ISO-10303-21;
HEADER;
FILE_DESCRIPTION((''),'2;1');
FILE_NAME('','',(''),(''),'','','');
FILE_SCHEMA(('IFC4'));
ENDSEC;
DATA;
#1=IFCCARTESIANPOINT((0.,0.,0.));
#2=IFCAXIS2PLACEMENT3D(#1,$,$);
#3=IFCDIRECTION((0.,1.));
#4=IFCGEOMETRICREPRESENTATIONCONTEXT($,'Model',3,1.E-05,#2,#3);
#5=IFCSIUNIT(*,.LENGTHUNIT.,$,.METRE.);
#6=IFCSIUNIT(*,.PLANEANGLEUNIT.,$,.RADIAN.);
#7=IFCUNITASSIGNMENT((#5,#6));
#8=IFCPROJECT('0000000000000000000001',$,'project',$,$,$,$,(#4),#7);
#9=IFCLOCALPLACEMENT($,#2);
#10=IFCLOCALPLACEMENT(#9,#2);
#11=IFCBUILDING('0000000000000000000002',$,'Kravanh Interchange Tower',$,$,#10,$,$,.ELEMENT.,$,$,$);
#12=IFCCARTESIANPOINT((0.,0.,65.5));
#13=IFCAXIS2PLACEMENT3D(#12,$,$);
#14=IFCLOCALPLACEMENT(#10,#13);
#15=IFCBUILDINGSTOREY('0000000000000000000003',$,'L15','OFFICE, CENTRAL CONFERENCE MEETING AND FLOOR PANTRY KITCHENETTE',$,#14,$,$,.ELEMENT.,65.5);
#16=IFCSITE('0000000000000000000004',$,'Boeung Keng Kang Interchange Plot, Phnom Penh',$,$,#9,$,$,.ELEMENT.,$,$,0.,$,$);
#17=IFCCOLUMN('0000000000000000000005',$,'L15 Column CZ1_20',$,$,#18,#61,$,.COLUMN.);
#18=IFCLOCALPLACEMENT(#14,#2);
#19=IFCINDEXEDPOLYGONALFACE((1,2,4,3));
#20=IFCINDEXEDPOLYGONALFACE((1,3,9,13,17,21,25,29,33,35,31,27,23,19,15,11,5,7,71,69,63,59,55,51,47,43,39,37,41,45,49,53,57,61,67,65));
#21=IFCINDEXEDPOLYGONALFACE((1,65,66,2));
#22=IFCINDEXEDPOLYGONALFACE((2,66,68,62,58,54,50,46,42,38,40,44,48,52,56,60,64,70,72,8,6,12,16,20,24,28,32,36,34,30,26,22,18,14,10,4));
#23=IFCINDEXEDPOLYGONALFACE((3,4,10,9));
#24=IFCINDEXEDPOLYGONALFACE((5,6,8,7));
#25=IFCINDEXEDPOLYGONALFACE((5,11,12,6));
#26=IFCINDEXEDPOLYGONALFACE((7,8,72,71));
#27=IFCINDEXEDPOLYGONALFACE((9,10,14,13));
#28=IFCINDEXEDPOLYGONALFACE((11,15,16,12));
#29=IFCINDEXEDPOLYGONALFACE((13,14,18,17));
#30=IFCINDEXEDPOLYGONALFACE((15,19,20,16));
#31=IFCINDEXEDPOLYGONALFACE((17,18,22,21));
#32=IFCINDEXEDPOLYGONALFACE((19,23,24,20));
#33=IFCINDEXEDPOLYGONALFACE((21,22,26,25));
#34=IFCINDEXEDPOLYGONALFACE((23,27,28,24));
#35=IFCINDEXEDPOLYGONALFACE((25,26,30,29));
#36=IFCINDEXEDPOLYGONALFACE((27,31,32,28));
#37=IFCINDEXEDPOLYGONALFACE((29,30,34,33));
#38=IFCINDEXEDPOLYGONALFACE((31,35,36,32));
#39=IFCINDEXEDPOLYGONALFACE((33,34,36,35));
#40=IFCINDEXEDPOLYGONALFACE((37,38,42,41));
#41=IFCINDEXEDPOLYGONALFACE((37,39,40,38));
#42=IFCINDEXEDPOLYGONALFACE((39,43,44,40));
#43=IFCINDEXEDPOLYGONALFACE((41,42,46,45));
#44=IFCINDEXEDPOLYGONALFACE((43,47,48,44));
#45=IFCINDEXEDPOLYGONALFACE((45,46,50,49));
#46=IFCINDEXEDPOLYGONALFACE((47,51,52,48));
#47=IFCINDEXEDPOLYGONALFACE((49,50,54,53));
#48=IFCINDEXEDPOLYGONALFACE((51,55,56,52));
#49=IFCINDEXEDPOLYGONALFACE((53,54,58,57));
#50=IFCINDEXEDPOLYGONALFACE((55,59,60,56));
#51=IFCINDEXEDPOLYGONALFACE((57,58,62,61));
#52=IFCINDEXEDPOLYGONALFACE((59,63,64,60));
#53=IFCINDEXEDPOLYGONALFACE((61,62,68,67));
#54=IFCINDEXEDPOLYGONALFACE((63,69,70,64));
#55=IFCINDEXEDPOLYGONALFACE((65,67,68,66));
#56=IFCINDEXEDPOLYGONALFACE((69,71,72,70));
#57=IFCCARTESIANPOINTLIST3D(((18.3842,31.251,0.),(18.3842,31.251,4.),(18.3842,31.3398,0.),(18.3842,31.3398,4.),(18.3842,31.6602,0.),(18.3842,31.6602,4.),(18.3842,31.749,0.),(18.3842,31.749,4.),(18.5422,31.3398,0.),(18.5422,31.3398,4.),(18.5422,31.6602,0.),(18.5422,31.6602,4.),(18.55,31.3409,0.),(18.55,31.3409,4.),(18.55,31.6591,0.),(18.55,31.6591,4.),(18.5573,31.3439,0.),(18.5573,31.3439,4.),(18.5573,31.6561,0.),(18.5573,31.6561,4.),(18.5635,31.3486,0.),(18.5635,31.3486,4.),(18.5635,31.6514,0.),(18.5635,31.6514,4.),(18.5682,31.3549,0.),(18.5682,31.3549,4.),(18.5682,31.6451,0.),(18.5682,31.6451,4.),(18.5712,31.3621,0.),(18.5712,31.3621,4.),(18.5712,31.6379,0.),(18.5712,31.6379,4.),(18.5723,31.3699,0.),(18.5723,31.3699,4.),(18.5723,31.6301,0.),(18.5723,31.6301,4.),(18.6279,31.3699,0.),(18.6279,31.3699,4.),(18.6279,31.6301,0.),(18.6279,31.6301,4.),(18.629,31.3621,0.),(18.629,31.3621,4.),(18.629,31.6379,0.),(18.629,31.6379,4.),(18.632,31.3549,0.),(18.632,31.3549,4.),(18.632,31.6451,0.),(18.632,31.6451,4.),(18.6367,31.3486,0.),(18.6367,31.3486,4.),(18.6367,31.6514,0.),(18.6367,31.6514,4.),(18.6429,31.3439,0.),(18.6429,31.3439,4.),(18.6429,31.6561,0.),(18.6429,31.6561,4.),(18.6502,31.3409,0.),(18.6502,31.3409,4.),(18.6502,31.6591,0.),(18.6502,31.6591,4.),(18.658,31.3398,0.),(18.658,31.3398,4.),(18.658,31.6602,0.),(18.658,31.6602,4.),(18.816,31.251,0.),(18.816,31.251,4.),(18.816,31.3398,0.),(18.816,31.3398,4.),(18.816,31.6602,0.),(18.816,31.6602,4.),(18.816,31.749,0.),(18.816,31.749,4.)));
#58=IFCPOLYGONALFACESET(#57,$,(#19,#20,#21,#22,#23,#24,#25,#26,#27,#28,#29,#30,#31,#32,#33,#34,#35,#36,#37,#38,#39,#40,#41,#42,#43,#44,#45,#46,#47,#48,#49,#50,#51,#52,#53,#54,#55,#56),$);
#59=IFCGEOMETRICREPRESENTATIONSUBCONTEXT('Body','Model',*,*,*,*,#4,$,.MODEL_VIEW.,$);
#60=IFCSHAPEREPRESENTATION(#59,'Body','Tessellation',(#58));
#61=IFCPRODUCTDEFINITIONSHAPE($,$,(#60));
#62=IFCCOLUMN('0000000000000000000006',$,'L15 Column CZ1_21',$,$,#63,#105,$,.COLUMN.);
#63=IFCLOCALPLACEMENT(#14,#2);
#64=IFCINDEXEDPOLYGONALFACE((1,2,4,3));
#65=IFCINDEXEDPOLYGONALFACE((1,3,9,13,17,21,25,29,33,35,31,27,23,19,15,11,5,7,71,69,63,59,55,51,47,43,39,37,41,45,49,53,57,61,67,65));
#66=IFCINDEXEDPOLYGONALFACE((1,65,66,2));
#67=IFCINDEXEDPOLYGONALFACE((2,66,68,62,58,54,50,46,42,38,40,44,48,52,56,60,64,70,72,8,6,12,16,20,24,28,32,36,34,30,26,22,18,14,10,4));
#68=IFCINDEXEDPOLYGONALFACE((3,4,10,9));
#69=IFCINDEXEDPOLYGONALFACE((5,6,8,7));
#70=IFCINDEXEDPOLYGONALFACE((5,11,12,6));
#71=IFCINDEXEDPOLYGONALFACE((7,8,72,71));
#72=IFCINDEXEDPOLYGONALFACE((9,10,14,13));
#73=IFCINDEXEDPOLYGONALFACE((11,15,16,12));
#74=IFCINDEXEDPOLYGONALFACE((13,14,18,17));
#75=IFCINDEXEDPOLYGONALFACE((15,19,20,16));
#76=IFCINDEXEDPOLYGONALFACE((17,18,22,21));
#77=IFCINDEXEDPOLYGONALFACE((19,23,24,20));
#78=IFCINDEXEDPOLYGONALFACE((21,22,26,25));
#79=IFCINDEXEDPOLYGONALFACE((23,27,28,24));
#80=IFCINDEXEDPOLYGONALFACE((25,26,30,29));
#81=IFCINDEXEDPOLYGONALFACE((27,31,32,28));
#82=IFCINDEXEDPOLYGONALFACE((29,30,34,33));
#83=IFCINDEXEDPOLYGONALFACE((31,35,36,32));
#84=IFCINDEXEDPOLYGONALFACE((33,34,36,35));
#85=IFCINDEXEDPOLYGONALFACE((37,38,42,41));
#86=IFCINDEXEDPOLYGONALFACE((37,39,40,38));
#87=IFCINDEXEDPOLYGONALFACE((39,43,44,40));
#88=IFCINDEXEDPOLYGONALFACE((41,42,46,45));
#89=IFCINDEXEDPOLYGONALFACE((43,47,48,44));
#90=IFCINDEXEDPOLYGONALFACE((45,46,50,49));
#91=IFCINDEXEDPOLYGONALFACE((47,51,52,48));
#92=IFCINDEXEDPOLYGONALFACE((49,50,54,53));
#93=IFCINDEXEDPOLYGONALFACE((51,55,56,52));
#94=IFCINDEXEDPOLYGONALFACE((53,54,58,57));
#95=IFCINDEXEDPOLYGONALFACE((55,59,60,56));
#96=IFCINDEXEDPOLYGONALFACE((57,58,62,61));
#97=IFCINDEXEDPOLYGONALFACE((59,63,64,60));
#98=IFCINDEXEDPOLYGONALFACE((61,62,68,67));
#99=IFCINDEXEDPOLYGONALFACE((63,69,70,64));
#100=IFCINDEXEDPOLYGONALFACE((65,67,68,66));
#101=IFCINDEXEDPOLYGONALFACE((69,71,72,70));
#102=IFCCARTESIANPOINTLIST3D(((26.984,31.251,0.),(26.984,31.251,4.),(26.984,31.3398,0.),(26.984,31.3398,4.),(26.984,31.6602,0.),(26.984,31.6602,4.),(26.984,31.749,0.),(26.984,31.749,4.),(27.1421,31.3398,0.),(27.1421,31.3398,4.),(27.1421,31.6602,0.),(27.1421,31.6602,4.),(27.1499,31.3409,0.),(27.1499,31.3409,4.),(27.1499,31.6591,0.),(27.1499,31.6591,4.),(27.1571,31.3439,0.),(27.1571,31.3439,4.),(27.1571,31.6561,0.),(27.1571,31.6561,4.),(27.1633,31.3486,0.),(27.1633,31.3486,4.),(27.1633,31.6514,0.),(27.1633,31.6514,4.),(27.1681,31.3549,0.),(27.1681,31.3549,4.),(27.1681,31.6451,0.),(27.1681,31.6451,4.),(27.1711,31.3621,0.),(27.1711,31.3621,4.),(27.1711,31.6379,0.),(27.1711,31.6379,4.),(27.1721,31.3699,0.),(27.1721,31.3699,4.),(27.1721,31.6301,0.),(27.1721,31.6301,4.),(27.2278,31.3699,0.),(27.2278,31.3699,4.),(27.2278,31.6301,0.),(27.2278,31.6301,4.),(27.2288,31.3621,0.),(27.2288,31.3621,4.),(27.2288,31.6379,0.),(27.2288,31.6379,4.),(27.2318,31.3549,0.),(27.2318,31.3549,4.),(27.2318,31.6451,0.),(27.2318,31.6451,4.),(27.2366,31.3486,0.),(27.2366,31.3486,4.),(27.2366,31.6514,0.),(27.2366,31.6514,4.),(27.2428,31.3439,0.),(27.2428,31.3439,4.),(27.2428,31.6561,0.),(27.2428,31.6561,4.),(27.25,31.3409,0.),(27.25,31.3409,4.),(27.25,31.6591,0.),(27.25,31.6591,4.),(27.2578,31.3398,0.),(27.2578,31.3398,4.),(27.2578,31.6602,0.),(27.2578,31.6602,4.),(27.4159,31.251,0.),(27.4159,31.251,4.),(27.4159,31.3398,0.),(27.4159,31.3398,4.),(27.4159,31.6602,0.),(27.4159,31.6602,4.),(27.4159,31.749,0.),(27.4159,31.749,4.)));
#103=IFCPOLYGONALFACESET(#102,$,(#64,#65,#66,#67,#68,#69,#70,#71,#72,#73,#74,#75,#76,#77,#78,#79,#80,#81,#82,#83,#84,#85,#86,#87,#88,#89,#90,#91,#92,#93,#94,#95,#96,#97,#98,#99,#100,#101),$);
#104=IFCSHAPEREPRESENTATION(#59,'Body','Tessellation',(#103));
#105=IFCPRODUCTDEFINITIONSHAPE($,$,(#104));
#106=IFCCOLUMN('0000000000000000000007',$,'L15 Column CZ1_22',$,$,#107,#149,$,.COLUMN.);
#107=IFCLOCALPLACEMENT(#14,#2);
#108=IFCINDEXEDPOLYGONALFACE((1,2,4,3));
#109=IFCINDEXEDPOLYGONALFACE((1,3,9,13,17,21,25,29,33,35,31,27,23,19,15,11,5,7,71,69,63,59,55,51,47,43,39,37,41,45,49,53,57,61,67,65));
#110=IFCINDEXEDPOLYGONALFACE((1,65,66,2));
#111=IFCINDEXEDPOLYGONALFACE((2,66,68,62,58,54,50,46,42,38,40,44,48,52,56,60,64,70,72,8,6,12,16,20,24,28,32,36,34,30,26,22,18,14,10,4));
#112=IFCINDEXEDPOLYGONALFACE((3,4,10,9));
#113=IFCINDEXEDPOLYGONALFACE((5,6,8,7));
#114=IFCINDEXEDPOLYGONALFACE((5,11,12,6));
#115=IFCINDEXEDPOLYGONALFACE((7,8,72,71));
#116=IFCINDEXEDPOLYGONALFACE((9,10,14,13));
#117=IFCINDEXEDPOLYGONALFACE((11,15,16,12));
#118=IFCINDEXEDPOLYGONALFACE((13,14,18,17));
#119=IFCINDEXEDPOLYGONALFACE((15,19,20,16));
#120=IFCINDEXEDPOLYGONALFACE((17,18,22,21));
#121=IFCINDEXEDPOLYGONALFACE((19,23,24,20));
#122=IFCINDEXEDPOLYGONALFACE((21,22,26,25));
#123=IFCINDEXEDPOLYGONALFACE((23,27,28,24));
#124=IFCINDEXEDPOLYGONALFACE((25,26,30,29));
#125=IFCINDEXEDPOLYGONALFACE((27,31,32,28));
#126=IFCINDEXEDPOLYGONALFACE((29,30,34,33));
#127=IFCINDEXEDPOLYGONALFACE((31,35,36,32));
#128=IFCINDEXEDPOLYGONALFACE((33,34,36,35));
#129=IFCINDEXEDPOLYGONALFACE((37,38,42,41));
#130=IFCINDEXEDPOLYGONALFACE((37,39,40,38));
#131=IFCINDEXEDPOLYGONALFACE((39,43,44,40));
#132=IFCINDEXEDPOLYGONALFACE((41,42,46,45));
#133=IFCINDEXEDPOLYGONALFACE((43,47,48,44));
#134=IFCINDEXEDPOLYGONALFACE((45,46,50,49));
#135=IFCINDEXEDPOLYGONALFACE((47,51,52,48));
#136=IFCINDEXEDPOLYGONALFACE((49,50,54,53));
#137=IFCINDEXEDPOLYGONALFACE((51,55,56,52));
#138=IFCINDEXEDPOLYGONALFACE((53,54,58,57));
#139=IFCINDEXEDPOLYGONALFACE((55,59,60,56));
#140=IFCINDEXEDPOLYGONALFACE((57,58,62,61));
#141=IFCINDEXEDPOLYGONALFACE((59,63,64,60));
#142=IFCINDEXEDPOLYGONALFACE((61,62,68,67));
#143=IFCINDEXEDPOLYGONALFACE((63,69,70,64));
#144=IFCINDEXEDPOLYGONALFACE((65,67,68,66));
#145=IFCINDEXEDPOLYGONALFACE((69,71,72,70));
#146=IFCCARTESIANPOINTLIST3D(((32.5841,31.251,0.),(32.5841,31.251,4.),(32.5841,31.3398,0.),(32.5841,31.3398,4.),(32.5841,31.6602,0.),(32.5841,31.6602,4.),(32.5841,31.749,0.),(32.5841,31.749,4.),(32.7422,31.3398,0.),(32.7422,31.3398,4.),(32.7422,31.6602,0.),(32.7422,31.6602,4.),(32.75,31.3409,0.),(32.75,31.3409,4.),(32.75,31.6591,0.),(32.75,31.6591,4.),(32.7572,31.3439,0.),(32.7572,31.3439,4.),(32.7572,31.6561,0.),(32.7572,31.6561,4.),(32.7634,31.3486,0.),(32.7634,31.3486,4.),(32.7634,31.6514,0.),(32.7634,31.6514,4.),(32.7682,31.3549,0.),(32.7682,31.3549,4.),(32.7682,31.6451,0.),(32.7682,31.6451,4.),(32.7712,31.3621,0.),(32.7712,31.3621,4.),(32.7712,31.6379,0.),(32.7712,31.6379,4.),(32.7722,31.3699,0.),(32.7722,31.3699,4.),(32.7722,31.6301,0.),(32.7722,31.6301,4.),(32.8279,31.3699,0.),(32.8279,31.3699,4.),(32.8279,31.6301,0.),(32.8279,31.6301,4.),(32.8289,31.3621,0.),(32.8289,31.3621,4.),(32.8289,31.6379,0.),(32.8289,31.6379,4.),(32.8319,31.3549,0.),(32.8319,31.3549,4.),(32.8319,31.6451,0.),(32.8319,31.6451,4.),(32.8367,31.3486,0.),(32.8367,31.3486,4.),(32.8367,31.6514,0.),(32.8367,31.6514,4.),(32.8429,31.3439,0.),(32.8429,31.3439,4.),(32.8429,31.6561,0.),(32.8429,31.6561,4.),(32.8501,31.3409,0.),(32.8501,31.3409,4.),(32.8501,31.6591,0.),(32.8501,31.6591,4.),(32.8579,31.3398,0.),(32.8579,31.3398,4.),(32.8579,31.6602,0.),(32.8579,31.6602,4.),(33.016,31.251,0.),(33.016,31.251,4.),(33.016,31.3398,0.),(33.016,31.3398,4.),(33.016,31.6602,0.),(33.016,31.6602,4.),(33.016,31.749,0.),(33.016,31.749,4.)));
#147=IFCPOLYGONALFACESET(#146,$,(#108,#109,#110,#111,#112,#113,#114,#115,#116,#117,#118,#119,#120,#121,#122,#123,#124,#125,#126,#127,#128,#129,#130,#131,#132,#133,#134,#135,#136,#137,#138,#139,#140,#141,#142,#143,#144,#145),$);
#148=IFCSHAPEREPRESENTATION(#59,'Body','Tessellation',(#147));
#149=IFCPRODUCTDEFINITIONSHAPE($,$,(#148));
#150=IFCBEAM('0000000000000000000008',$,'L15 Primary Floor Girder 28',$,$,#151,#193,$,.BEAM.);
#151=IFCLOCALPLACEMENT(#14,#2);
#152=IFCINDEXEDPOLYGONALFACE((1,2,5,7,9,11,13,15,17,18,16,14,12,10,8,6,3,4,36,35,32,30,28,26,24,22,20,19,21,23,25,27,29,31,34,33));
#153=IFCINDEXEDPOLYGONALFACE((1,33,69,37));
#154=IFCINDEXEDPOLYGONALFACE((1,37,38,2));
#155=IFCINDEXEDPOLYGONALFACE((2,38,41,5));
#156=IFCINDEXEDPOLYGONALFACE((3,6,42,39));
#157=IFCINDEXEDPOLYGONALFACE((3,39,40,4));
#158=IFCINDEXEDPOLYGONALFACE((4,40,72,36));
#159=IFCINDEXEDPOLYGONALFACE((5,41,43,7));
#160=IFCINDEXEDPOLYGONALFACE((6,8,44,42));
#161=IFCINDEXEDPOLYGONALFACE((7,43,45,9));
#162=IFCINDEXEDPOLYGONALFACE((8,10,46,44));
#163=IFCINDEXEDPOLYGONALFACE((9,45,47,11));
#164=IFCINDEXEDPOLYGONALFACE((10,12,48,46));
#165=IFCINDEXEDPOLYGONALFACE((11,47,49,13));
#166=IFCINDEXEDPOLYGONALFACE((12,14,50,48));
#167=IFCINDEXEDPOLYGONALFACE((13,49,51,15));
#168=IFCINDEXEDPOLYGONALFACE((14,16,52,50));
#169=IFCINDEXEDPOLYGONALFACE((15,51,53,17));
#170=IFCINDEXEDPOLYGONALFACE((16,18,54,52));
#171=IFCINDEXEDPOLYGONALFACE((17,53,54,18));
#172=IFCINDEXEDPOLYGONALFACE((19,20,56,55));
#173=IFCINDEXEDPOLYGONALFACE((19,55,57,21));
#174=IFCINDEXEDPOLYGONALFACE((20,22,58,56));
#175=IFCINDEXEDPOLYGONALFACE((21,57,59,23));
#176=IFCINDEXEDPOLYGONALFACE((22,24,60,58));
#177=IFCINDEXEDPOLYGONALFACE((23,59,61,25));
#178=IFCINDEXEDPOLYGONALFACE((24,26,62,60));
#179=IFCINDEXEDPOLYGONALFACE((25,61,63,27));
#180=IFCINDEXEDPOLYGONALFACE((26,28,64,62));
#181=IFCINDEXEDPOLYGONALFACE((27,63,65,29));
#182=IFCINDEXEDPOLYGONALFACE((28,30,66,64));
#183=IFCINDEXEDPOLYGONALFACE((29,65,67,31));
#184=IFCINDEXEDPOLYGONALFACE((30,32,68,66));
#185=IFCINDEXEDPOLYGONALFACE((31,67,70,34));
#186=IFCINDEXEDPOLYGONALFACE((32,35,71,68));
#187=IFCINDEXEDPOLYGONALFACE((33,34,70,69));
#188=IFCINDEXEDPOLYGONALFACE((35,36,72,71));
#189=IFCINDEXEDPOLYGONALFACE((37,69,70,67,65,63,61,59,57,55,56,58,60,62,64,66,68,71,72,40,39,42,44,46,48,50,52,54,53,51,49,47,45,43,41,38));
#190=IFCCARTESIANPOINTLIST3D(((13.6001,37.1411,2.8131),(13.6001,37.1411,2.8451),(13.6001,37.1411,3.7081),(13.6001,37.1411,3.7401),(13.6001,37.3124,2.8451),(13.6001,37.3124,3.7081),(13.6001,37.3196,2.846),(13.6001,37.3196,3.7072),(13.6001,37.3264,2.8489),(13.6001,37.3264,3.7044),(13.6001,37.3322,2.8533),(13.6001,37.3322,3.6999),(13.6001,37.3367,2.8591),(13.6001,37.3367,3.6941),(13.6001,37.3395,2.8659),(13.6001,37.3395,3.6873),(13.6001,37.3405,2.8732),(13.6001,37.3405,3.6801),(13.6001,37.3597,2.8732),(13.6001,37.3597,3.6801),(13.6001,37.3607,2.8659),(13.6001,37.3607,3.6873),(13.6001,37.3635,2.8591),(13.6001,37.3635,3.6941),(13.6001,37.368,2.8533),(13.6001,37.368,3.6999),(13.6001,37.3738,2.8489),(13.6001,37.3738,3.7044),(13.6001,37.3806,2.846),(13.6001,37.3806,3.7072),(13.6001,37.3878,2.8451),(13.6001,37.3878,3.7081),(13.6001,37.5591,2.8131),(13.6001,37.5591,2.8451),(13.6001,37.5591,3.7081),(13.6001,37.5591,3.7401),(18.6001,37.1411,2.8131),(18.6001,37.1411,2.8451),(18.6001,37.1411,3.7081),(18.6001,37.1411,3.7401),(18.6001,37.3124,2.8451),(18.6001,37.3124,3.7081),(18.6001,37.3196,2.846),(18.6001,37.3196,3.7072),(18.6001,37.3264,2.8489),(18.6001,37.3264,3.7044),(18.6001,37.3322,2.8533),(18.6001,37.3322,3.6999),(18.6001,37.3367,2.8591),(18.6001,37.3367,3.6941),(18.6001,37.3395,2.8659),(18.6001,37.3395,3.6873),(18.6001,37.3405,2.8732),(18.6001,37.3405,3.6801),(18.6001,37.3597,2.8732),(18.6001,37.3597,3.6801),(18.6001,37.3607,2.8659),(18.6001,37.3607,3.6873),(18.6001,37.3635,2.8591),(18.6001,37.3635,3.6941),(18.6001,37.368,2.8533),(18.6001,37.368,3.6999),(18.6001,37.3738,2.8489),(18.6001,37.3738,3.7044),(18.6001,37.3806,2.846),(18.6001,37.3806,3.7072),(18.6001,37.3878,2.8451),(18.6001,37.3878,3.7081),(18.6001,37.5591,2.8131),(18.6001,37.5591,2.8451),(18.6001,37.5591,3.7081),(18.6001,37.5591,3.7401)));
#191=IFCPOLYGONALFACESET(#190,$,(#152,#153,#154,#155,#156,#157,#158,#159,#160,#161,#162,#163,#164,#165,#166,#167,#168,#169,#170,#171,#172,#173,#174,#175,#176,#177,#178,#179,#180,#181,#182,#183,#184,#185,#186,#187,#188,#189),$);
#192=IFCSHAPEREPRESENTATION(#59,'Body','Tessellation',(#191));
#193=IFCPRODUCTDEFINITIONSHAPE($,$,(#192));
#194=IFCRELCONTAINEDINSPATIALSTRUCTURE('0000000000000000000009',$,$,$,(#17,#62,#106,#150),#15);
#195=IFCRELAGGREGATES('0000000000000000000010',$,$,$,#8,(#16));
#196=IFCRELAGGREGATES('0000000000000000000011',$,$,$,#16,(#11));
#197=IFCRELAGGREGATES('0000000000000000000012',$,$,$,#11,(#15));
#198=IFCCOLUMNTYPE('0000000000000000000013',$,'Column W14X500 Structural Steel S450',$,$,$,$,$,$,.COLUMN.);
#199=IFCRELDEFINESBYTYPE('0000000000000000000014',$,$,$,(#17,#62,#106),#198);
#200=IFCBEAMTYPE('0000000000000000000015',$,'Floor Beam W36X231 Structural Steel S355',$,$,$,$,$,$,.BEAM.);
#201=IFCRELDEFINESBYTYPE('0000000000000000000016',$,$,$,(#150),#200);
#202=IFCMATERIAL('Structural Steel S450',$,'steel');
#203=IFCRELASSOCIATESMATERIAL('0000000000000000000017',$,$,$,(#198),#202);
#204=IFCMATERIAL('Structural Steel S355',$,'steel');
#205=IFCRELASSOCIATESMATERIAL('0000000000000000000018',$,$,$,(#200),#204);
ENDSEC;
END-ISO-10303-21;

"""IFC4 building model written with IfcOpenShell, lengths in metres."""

from ifc_helpers import new_model, si_unit, direction, frame, origin, origin_2d, place, context, subcontext, project, spatial, i_section, extrude, material, material_profile, profile_set, type_object, element, save


model = new_model("IFC4")

# Units and contexts
model_context = context("Model", 3, precision=1e-05, world=origin(), true_north=direction((0.0, 1.0)))
body_context = subcontext(model_context, "Body", "Model", "MODEL_VIEW")
ifc_project = project(units=[si_unit("LENGTHUNIT", "METRE"), si_unit("PLANEANGLEUNIT", "RADIAN")], contexts=[model_context])

# Site, building, storey
site_placement = place(None, origin())
site = spatial("IfcSite", under=ifc_project, at=site_placement, Name="Boeung Keng Kang Interchange Plot, Phnom Penh", CompositionType="ELEMENT", RefElevation=0.0)
building_placement = place(site_placement, origin())
building = spatial("IfcBuilding", under=site, at=building_placement, Name="Kravanh Interchange Tower", CompositionType="ELEMENT")
storey_placement = place(building_placement, frame((0.0, 0.0, 65.5)))
storey = spatial("IfcBuildingStorey", under=building, at=storey_placement, Name="L15", Description="OFFICE, CENTRAL CONFERENCE MEETING AND FLOOR PANTRY KITCHENETTE", CompositionType="ELEMENT", Elevation=65.5)

# Columns
ifc_material_1 = material(Name="Structural Steel S450", Category="steel")
ifc_material_profile_1 = material_profile(ifc_material_1, i_section(OverallWidth=0.4319, OverallDepth=0.498, WebThickness=0.0557, FlangeThickness=0.0889, FilletRadius=0.03, at=origin_2d()), Name="W14X500")
ifc_profile_set_1 = profile_set([ifc_material_profile_1], Name="Structural Steel S450")
column_type_1 = type_object("IfcColumnType", Name="Column W14X500 Structural Steel S450", PredefinedType="COLUMN", material=ifc_profile_set_1)
for number, where, z_axis, x_axis, name in (
    (1, (18.6001, 31.5, 0.0), (0.0, 0.0, 1.0), (1.0, 0.0, 0.0), "L15 Column CZ1_20"),
    (2, (27.2, 31.5, 0.0), (0.0, 0.0, 1.0), (1.0, 0.0, 0.0), "L15 Column CZ1_21"),
    (3, (32.8, 31.5, 0.0), (0.0, 0.0, 1.0), (1.0, 0.0, 0.0), "L15 Column CZ1_22"),
):
    element("IfcColumn", number, at=place(storey_placement, frame(where, z_axis=z_axis, x_axis=x_axis)), inside=storey, type_object=column_type_1, Name=name, PredefinedType="COLUMN", context=body_context, shape_type="SweptSolid", body=[
        extrude(i_section(OverallWidth=0.4319, OverallDepth=0.498, WebThickness=0.0557, FlangeThickness=0.0889, FilletRadius=0.03, at=origin_2d()), origin(), (0.0, 0.0, 1.0), 4.0),
    ])

# Beam
ifc_material_2 = material(Name="Structural Steel S355", Category="steel")
ifc_material_profile_2 = material_profile(ifc_material_2, i_section(OverallWidth=0.418, OverallDepth=0.927, WebThickness=0.0193, FlangeThickness=0.032, FilletRadius=0.0281, at=origin_2d()), Name="W36X231")
ifc_profile_set_2 = profile_set([ifc_material_profile_2], Name="Structural Steel S355")
beam_type_1 = type_object("IfcBeamType", Name="Floor Beam W36X231 Structural Steel S355", PredefinedType="BEAM", material=ifc_profile_set_2)
beam_1_placement = place(storey_placement, frame((18.6001, 37.3501, 3.2766), z_axis=(-1.0, 0.0, 0.0), x_axis=(0.0, -1.0, 0.0)))
element("IfcBeam", 4, at=beam_1_placement, inside=storey, type_object=beam_type_1, Name="L15 Primary Floor Girder 28", PredefinedType="BEAM", context=body_context, shape_type="SweptSolid", body=[
    extrude(i_section(OverallWidth=0.418, OverallDepth=0.927, WebThickness=0.0193, FlangeThickness=0.032, FilletRadius=0.0281, at=origin_2d()), origin(), (0.0, 0.0, 1.0), 5.0),
])

save(model, "model.ifc")
